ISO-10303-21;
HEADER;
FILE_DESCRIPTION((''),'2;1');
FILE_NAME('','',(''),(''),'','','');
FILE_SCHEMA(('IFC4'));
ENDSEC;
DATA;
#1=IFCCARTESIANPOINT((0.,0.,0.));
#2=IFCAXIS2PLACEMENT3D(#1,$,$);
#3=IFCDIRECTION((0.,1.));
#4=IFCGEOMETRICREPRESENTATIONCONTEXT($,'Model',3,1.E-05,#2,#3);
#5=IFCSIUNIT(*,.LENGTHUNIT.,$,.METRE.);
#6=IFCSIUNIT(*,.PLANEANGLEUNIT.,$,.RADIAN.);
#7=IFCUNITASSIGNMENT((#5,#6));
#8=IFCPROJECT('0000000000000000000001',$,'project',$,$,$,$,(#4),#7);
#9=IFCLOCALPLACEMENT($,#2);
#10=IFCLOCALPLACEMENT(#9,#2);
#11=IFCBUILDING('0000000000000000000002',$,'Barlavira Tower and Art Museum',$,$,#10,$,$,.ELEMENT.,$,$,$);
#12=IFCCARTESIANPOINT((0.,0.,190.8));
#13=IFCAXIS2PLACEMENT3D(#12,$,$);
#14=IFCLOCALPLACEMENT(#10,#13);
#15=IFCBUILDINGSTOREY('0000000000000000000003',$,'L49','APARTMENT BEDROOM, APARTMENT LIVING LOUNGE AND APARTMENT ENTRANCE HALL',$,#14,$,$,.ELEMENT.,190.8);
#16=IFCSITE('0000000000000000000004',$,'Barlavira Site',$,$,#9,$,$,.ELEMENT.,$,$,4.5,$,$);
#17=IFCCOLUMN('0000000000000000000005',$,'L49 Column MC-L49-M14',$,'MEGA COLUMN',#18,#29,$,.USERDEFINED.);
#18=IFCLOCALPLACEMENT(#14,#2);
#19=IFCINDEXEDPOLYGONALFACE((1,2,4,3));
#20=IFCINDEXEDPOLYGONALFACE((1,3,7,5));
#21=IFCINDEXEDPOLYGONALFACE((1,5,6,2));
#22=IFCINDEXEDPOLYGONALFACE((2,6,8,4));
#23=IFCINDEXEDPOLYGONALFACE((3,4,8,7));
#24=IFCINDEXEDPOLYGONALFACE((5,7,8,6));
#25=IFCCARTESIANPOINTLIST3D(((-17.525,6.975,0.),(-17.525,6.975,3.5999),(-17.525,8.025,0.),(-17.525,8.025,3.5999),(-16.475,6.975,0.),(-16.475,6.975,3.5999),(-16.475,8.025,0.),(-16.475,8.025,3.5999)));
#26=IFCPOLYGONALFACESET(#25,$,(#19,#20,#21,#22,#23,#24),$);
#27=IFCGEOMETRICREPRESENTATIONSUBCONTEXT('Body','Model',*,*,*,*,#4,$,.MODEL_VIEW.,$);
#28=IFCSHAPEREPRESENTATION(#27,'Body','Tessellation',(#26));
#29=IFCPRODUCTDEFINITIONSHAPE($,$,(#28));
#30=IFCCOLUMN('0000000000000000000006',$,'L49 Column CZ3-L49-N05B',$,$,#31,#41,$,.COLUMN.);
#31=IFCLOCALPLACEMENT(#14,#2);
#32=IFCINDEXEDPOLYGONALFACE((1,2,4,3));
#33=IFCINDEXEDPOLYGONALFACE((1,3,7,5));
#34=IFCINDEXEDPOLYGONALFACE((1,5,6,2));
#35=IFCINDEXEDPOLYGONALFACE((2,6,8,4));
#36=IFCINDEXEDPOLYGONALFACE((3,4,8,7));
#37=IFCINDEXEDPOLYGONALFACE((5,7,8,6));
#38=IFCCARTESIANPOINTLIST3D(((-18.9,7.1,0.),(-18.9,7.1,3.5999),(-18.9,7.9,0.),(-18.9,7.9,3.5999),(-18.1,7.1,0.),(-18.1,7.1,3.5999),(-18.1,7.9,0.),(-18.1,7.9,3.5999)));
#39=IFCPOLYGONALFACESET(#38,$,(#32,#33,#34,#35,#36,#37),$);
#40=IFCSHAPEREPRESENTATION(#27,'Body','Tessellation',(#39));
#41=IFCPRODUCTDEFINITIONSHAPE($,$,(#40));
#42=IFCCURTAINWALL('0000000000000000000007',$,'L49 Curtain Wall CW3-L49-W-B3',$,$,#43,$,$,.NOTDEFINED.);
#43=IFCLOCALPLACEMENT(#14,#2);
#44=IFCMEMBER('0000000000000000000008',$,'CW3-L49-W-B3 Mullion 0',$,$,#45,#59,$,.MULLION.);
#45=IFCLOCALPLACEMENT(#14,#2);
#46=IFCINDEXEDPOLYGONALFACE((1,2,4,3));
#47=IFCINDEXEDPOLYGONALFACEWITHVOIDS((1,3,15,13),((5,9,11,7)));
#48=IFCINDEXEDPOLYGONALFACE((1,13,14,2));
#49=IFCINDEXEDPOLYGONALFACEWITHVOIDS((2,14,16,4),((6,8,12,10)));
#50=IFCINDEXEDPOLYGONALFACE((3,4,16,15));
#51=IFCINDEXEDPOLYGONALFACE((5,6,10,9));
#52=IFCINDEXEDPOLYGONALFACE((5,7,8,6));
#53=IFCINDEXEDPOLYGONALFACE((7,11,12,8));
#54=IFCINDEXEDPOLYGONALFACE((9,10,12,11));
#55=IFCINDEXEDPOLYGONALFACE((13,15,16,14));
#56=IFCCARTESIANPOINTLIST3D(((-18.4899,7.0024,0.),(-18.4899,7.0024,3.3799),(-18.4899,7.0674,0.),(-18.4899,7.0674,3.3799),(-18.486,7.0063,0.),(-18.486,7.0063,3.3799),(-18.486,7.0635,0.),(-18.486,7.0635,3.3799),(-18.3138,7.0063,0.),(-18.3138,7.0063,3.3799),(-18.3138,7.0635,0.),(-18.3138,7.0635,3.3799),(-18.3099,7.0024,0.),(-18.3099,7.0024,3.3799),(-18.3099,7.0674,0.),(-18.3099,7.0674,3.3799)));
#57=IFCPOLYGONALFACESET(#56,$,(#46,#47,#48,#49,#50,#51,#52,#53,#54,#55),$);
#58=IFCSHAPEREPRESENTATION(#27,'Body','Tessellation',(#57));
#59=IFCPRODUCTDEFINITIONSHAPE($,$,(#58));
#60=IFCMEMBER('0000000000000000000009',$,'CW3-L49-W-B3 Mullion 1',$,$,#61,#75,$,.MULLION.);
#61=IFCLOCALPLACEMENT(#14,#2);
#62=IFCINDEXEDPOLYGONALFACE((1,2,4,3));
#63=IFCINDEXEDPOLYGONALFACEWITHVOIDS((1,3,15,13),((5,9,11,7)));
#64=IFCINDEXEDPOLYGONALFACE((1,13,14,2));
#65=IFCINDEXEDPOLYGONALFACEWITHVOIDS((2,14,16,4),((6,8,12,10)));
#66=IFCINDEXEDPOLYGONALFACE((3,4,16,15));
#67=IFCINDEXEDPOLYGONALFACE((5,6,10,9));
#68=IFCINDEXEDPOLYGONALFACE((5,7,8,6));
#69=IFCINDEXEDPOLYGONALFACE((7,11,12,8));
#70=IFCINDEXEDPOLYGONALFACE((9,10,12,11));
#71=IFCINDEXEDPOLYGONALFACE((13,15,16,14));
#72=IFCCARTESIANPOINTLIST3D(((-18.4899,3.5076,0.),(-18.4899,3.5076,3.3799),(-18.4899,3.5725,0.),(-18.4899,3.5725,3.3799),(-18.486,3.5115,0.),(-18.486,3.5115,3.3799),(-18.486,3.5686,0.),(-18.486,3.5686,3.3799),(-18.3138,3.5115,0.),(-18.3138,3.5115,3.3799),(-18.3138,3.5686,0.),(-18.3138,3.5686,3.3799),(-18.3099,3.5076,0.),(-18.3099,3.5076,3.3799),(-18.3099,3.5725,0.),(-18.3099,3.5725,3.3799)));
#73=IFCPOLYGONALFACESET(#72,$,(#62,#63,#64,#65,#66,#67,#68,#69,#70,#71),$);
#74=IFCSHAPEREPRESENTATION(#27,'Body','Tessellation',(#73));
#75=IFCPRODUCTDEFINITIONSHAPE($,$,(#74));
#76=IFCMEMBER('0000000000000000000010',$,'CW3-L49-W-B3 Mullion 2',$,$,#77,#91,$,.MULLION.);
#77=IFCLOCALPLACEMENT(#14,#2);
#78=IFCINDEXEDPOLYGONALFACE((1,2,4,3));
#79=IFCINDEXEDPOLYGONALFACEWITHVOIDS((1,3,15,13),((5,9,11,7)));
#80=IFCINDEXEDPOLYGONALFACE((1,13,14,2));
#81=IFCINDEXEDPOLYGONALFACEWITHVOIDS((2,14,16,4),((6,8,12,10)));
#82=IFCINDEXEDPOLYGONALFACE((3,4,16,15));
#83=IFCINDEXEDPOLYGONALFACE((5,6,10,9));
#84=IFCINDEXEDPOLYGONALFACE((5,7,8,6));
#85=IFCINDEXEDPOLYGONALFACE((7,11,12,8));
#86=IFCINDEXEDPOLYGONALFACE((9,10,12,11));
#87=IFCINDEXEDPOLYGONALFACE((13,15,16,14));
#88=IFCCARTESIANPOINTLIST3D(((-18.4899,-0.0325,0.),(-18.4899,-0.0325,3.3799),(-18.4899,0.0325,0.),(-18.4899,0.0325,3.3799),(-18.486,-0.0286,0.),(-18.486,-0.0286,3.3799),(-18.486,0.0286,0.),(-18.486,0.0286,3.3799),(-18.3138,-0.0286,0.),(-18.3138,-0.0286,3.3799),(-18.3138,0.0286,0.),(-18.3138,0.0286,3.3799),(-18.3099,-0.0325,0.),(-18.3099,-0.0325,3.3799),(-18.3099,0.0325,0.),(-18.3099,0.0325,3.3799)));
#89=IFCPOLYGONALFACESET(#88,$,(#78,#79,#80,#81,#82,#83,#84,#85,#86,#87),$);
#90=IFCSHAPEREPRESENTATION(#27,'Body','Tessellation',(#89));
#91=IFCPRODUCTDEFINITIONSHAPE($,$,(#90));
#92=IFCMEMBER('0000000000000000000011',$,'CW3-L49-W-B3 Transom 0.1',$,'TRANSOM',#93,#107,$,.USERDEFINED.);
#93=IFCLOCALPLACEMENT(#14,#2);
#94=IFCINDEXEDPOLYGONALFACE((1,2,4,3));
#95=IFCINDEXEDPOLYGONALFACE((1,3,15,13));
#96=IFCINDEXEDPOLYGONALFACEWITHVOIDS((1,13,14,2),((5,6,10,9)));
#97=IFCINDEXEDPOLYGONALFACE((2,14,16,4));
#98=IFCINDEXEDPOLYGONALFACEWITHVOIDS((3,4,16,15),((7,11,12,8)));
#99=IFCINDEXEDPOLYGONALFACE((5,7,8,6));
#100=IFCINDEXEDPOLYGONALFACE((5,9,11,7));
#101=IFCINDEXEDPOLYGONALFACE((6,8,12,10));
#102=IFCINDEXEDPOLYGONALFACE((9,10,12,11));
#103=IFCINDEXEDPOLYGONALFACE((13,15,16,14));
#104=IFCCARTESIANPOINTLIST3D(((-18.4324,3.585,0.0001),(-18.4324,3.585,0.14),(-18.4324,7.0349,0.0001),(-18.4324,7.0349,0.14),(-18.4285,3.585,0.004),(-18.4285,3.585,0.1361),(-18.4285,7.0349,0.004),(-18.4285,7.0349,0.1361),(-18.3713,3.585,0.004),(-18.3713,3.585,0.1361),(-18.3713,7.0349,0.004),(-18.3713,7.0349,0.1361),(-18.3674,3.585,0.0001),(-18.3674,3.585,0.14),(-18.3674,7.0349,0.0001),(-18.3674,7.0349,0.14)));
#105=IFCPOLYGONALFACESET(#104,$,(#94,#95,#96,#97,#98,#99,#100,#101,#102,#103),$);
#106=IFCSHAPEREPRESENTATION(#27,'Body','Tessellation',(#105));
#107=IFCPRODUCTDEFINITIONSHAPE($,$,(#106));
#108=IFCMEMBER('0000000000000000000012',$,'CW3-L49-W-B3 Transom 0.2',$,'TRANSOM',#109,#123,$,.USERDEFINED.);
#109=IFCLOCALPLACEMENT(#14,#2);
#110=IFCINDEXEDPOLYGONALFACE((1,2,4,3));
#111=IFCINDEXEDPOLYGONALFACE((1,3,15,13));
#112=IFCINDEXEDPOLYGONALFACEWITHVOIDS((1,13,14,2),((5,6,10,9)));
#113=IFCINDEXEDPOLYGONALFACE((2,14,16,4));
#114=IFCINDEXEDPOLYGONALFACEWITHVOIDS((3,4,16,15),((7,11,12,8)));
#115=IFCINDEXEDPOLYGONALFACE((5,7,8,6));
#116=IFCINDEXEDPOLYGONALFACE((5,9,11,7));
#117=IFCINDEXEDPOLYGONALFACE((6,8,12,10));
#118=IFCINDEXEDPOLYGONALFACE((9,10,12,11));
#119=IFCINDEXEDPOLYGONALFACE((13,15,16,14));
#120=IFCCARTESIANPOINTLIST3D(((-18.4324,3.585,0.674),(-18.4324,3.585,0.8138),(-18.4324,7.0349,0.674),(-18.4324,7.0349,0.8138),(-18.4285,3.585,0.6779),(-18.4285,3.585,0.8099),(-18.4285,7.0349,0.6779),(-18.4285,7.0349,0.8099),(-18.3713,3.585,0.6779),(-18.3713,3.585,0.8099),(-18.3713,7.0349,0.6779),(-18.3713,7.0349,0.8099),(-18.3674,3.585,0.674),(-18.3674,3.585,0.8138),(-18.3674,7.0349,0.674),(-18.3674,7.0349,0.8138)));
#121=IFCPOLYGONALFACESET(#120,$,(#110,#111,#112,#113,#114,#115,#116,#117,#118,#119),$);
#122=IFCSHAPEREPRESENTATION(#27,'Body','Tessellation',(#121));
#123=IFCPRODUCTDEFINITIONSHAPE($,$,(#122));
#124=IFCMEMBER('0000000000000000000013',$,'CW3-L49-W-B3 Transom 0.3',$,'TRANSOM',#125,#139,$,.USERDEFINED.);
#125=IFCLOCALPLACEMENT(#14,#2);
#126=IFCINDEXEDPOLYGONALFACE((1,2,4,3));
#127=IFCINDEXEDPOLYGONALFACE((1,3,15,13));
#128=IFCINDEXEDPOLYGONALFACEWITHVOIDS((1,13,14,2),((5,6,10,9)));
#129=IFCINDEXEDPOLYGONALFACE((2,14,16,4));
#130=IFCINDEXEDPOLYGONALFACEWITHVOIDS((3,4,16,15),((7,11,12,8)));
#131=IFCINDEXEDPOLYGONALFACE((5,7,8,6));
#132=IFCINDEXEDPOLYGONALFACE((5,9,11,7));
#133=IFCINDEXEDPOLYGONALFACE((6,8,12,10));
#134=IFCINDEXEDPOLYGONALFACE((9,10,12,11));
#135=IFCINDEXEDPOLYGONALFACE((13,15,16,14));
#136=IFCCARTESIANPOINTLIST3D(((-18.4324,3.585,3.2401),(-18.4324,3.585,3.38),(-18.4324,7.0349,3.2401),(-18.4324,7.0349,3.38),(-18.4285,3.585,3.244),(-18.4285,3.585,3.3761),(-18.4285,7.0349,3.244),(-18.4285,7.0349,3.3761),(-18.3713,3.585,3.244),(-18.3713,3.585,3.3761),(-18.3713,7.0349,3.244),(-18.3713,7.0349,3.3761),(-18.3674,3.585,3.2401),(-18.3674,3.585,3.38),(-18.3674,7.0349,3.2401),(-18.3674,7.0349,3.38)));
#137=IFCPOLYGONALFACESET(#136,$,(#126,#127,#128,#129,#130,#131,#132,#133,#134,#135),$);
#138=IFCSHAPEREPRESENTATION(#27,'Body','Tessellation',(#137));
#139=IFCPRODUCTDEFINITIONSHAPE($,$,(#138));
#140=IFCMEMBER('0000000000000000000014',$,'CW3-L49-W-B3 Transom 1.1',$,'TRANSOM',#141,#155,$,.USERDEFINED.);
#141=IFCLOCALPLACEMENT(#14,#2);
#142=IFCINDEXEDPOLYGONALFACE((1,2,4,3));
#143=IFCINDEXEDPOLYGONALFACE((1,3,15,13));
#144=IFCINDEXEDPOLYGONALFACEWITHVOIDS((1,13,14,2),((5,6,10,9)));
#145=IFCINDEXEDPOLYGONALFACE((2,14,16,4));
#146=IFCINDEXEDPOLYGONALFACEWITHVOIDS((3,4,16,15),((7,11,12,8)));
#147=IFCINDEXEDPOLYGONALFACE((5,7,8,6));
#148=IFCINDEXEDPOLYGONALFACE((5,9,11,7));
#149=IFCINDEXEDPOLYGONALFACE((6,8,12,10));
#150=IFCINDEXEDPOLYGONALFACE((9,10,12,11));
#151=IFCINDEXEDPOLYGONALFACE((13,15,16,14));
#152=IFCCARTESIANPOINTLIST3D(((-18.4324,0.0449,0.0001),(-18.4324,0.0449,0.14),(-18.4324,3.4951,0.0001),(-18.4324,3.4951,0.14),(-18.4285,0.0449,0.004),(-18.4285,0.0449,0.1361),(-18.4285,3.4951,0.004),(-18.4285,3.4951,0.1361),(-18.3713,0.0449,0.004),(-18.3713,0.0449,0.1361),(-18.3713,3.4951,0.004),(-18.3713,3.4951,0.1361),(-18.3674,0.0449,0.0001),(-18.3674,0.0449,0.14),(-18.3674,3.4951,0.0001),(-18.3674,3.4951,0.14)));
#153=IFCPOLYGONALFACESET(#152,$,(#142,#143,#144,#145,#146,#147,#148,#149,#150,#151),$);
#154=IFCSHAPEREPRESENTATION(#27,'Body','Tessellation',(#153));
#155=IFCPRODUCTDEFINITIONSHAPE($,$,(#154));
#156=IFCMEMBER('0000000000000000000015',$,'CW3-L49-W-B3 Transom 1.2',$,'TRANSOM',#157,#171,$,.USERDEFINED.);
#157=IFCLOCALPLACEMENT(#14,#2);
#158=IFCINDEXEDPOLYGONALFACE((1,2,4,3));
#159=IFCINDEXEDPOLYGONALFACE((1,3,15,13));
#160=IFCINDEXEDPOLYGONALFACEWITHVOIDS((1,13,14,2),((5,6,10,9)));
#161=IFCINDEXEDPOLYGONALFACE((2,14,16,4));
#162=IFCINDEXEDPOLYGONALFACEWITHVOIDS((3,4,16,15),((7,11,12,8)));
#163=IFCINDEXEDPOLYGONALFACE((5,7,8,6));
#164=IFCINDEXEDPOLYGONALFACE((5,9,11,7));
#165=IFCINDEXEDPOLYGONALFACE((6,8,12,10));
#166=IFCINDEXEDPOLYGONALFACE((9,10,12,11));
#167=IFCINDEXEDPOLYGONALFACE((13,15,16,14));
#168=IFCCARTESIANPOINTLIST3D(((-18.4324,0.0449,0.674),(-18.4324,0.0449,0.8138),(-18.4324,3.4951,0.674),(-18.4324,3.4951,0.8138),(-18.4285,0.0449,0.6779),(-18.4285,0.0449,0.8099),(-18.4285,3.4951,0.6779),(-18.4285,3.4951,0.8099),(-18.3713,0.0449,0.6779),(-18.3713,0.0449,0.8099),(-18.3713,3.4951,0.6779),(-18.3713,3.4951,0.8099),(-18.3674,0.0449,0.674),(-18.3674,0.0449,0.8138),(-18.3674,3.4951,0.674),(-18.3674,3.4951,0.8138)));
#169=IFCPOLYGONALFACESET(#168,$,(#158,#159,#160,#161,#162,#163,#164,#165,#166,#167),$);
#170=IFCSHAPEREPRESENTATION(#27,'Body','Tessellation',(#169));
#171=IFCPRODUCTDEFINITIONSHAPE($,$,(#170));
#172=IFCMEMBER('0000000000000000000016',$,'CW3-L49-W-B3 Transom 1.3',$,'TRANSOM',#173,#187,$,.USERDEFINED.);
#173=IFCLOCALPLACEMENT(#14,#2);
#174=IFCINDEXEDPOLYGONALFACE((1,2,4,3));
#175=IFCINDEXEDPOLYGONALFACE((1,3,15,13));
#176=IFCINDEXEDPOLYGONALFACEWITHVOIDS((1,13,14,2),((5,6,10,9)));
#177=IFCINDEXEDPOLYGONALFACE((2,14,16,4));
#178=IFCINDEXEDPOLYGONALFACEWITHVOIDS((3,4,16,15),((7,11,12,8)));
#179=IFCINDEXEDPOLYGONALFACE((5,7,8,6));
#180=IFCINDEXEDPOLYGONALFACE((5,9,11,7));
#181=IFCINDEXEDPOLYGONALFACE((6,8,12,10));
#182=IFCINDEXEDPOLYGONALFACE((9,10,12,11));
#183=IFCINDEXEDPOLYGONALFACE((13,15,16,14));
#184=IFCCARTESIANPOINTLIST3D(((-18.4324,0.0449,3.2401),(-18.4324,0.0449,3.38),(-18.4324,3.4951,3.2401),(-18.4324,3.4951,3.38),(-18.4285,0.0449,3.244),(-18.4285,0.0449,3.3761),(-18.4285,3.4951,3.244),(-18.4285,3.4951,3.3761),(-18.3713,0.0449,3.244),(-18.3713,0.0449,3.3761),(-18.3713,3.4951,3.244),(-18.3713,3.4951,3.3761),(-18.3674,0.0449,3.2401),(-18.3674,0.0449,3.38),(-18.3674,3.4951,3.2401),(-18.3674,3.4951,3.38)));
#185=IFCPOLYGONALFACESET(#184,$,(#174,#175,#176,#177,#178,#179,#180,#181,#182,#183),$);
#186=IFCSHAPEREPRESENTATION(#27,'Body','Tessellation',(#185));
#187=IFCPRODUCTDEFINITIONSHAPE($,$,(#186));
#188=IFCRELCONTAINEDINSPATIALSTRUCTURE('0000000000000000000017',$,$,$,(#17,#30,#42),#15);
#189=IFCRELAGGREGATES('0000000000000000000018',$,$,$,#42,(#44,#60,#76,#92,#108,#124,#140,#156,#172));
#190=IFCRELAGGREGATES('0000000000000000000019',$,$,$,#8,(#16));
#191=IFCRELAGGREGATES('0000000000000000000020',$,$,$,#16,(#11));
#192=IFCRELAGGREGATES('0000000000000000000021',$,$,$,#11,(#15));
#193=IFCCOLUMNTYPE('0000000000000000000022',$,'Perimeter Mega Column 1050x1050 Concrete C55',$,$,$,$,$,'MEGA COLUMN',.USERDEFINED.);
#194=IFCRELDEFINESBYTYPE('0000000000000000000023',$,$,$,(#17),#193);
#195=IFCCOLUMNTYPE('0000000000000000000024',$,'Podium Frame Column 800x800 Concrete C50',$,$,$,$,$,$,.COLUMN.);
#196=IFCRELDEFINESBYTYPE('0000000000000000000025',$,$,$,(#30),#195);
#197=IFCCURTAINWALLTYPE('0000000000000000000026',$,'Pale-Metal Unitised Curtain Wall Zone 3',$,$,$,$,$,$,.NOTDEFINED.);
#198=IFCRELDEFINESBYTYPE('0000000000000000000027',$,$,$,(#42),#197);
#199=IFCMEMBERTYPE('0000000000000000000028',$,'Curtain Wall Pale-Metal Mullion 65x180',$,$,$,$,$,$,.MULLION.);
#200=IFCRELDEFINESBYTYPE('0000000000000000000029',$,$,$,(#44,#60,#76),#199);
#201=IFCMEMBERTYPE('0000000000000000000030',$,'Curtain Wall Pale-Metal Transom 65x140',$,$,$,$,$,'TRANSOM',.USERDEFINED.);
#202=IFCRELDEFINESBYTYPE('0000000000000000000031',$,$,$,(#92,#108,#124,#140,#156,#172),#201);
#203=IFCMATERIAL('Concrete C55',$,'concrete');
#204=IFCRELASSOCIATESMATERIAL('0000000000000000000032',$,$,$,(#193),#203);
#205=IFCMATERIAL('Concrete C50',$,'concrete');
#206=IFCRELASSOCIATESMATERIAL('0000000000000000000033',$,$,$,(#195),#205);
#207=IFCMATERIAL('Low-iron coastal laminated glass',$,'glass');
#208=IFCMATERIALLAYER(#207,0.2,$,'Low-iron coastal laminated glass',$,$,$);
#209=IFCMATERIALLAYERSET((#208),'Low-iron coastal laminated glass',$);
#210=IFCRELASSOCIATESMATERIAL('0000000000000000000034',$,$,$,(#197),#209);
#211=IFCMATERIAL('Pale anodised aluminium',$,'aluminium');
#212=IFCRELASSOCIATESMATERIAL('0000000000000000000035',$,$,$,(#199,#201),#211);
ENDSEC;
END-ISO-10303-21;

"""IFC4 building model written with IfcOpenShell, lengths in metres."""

from ifc_helpers import new_model, si_unit, direction, frame, origin, origin_2d, place, context, subcontext, project, spatial, rectangle, hollow_rectangle, extrude, material, layer, layer_set, material_profile, profile_set, type_object, element, aggregate, save


model = new_model("IFC4")

# Units and contexts
model_context = context("Model", 3, precision=1e-05, world=origin(), true_north=direction((0.0, 1.0)))
body_context = subcontext(model_context, "Body", "Model", "MODEL_VIEW")
ifc_project = project(units=[si_unit("LENGTHUNIT", "METRE"), si_unit("PLANEANGLEUNIT", "RADIAN")], contexts=[model_context])

# Site, building, storey
site_placement = place(None, origin())
site = spatial("IfcSite", under=ifc_project, at=site_placement, Name="Barlavira Site", CompositionType="ELEMENT", RefElevation=4.5)
building_placement = place(site_placement, origin())
building = spatial("IfcBuilding", under=site, at=building_placement, Name="Barlavira Tower and Art Museum", CompositionType="ELEMENT")
storey_placement = place(building_placement, frame((0.0, 0.0, 190.8)))
storey = spatial("IfcBuildingStorey", under=building, at=storey_placement, Name="L49", Description="APARTMENT BEDROOM, APARTMENT LIVING LOUNGE AND APARTMENT ENTRANCE HALL", CompositionType="ELEMENT", Elevation=190.8)

# Columns
ifc_material_1 = material(Name="Concrete C55", Category="concrete")
ifc_material_profile_1 = material_profile(ifc_material_1, rectangle(XDim=1.05, YDim=1.05, at=origin_2d()), Name="RC-COL 1050x1050")
ifc_profile_set_1 = profile_set([ifc_material_profile_1], Name="Concrete C55")
column_type_1 = type_object("IfcColumnType", Name="Perimeter Mega Column 1050x1050 Concrete C55", ElementType="MEGA COLUMN", PredefinedType="USERDEFINED", material=ifc_profile_set_1)
column_1_placement = place(storey_placement, frame((-17.0, 7.5, 0.0), z_axis=(0.0, 0.0, 1.0), x_axis=(1.0, 0.0, 0.0)))
element("IfcColumn", 1, at=column_1_placement, inside=storey, type_object=column_type_1, Name="L49 Column MC-L49-M14", ObjectType="MEGA COLUMN", PredefinedType="USERDEFINED", context=body_context, shape_type="SweptSolid", body=[
    extrude(rectangle(XDim=1.05, YDim=1.05, at=origin_2d()), origin(), (0.0, 0.0, 1.0), 3.5999),
])
ifc_material_2 = material(Name="Concrete C50", Category="concrete")
ifc_material_profile_2 = material_profile(ifc_material_2, rectangle(XDim=0.8, YDim=0.8, at=origin_2d()), Name="RC-COL 800x800")
ifc_profile_set_2 = profile_set([ifc_material_profile_2], Name="Concrete C50")
column_type_2 = type_object("IfcColumnType", Name="Podium Frame Column 800x800 Concrete C50", PredefinedType="COLUMN", material=ifc_profile_set_2)
column_2_placement = place(storey_placement, frame((-18.5, 7.5, 0.0), z_axis=(0.0, 0.0, 1.0), x_axis=(1.0, 0.0, 0.0)))
element("IfcColumn", 2, at=column_2_placement, inside=storey, type_object=column_type_2, Name="L49 Column CZ3-L49-N05B", PredefinedType="COLUMN", context=body_context, shape_type="SweptSolid", body=[
    extrude(rectangle(XDim=0.8, YDim=0.8, at=origin_2d()), origin(), (0.0, 0.0, 1.0), 3.5999),
])

# Curtain wall, members
ifc_material_3 = material(Name="Low-iron coastal laminated glass", Category="glass")
ifc_layer_1 = layer(ifc_material_3, 0.2, Name="Low-iron coastal laminated glass")
ifc_layer_set_1 = layer_set([ifc_layer_1], Name="Low-iron coastal laminated glass")
curtain_wall_type = type_object("IfcCurtainWallType", Name="Pale-Metal Unitised Curtain Wall Zone 3", PredefinedType="NOTDEFINED", material=ifc_layer_set_1)
curtain_wall_placement = place(storey_placement, origin())
curtain_wall = element("IfcCurtainWall", 3, at=curtain_wall_placement, inside=storey, type_object=curtain_wall_type, Name="L49 Curtain Wall CW3-L49-W-B3", PredefinedType="NOTDEFINED")
ifc_material_4 = material(Name="Pale anodised aluminium", Category="aluminium")
ifc_material_profile_3 = material_profile(ifc_material_4, hollow_rectangle(XDim=0.0649, YDim=0.1799, WallThickness=0.0039, at=origin_2d()), Name="ALU-MULL 65x180x4")
ifc_profile_set_3 = profile_set([ifc_material_profile_3], Name="Pale anodised aluminium")
member_type_1 = type_object("IfcMemberType", Name="Curtain Wall Pale-Metal Mullion 65x180", PredefinedType="MULLION", material=ifc_profile_set_3)
member_1_placement = place(storey_placement, frame((-18.3999, 7.0349, 0.0), z_axis=(0.0, 0.0, 1.0), x_axis=(0.0, -1.0, 0.0)))
member_1 = element("IfcMember", 4, at=member_1_placement, type_object=member_type_1, Name="CW3-L49-W-B3 Mullion 0", PredefinedType="MULLION", context=body_context, shape_type="SweptSolid", body=[
    extrude(hollow_rectangle(XDim=0.0649, YDim=0.1799, WallThickness=0.0039, at=origin_2d()), origin(), (0.0, 0.0, 1.0), 3.3799),
])
member_2_placement = place(storey_placement, frame((-18.3999, 3.54, 0.0), z_axis=(0.0, 0.0, 1.0), x_axis=(0.0, -1.0, 0.0)))
member_2 = element("IfcMember", 5, at=member_2_placement, type_object=member_type_1, Name="CW3-L49-W-B3 Mullion 1", PredefinedType="MULLION", context=body_context, shape_type="SweptSolid", body=[
    extrude(hollow_rectangle(XDim=0.0649, YDim=0.1799, WallThickness=0.0039, at=origin_2d()), origin(), (0.0, 0.0, 1.0), 3.3799),
])
member_3_placement = place(storey_placement, frame((-18.3999, 0.0, 0.0), z_axis=(0.0, 0.0, 1.0), x_axis=(0.0, -1.0, 0.0)))
member_3 = element("IfcMember", 6, at=member_3_placement, type_object=member_type_1, Name="CW3-L49-W-B3 Mullion 2", PredefinedType="MULLION", context=body_context, shape_type="SweptSolid", body=[
    extrude(hollow_rectangle(XDim=0.0649, YDim=0.1799, WallThickness=0.0039, at=origin_2d()), origin(), (0.0, 0.0, 1.0), 3.3799),
])
ifc_material_profile_4 = material_profile(ifc_material_4, hollow_rectangle(XDim=0.0649, YDim=0.1399, WallThickness=0.0039, at=origin_2d()), Name="ALU-TRAN 65x140x4")
ifc_profile_set_4 = profile_set([ifc_material_profile_4], Name="Pale anodised aluminium")
member_type_2 = type_object("IfcMemberType", Name="Curtain Wall Pale-Metal Transom 65x140", ElementType="TRANSOM", PredefinedType="USERDEFINED", material=ifc_profile_set_4)
member_4_placement = place(storey_placement, frame((-18.3999, 7.0349, 0.0701), z_axis=(0.0, -1.0, 0.0), x_axis=(1.0, 0.0, 0.0)))
member_4 = element("IfcMember", 7, at=member_4_placement, type_object=member_type_2, Name="CW3-L49-W-B3 Transom 0.1", ObjectType="TRANSOM", PredefinedType="USERDEFINED", context=body_context, shape_type="SweptSolid", body=[
    extrude(hollow_rectangle(XDim=0.0649, YDim=0.1399, WallThickness=0.0039, at=origin_2d()), origin(), (0.0, 0.0, 1.0), 3.45),
])
member_5_placement = place(storey_placement, frame((-18.3999, 7.0349, 0.7439), z_axis=(0.0, -1.0, 0.0), x_axis=(1.0, 0.0, 0.0)))
member_5 = element("IfcMember", 8, at=member_5_placement, type_object=member_type_2, Name="CW3-L49-W-B3 Transom 0.2", ObjectType="TRANSOM", PredefinedType="USERDEFINED", context=body_context, shape_type="SweptSolid", body=[
    extrude(hollow_rectangle(XDim=0.0649, YDim=0.1399, WallThickness=0.0039, at=origin_2d()), origin(), (0.0, 0.0, 1.0), 3.45),
])
member_6_placement = place(storey_placement, frame((-18.3999, 7.0349, 3.3101), z_axis=(0.0, -1.0, 0.0), x_axis=(1.0, 0.0, 0.0)))
member_6 = element("IfcMember", 9, at=member_6_placement, type_object=member_type_2, Name="CW3-L49-W-B3 Transom 0.3", ObjectType="TRANSOM", PredefinedType="USERDEFINED", context=body_context, shape_type="SweptSolid", body=[
    extrude(hollow_rectangle(XDim=0.0649, YDim=0.1399, WallThickness=0.0039, at=origin_2d()), origin(), (0.0, 0.0, 1.0), 3.45),
])
member_7_placement = place(storey_placement, frame((-18.3999, 3.4951, 0.0701), z_axis=(0.0, -1.0, 0.0), x_axis=(1.0, 0.0, 0.0)))
member_7 = element("IfcMember", 10, at=member_7_placement, type_object=member_type_2, Name="CW3-L49-W-B3 Transom 1.1", ObjectType="TRANSOM", PredefinedType="USERDEFINED", context=body_context, shape_type="SweptSolid", body=[
    extrude(hollow_rectangle(XDim=0.0649, YDim=0.1399, WallThickness=0.0039, at=origin_2d()), origin(), (0.0, 0.0, 1.0), 3.4502),
])
member_8_placement = place(storey_placement, frame((-18.3999, 3.4951, 0.7439), z_axis=(0.0, -1.0, 0.0), x_axis=(1.0, 0.0, 0.0)))
member_8 = element("IfcMember", 11, at=member_8_placement, type_object=member_type_2, Name="CW3-L49-W-B3 Transom 1.2", ObjectType="TRANSOM", PredefinedType="USERDEFINED", context=body_context, shape_type="SweptSolid", body=[
    extrude(hollow_rectangle(XDim=0.0649, YDim=0.1399, WallThickness=0.0039, at=origin_2d()), origin(), (0.0, 0.0, 1.0), 3.4502),
])
member_9_placement = place(storey_placement, frame((-18.3999, 3.4951, 3.3101), z_axis=(0.0, -1.0, 0.0), x_axis=(1.0, 0.0, 0.0)))
member_9 = element("IfcMember", 12, at=member_9_placement, type_object=member_type_2, Name="CW3-L49-W-B3 Transom 1.3", ObjectType="TRANSOM", PredefinedType="USERDEFINED", context=body_context, shape_type="SweptSolid", body=[
    extrude(hollow_rectangle(XDim=0.0649, YDim=0.1399, WallThickness=0.0039, at=origin_2d()), origin(), (0.0, 0.0, 1.0), 3.4502),
])

aggregate(curtain_wall, [member_1, member_2, member_3, member_4, member_5, member_6, member_7, member_8, member_9])

save(model, "model.ifc")
